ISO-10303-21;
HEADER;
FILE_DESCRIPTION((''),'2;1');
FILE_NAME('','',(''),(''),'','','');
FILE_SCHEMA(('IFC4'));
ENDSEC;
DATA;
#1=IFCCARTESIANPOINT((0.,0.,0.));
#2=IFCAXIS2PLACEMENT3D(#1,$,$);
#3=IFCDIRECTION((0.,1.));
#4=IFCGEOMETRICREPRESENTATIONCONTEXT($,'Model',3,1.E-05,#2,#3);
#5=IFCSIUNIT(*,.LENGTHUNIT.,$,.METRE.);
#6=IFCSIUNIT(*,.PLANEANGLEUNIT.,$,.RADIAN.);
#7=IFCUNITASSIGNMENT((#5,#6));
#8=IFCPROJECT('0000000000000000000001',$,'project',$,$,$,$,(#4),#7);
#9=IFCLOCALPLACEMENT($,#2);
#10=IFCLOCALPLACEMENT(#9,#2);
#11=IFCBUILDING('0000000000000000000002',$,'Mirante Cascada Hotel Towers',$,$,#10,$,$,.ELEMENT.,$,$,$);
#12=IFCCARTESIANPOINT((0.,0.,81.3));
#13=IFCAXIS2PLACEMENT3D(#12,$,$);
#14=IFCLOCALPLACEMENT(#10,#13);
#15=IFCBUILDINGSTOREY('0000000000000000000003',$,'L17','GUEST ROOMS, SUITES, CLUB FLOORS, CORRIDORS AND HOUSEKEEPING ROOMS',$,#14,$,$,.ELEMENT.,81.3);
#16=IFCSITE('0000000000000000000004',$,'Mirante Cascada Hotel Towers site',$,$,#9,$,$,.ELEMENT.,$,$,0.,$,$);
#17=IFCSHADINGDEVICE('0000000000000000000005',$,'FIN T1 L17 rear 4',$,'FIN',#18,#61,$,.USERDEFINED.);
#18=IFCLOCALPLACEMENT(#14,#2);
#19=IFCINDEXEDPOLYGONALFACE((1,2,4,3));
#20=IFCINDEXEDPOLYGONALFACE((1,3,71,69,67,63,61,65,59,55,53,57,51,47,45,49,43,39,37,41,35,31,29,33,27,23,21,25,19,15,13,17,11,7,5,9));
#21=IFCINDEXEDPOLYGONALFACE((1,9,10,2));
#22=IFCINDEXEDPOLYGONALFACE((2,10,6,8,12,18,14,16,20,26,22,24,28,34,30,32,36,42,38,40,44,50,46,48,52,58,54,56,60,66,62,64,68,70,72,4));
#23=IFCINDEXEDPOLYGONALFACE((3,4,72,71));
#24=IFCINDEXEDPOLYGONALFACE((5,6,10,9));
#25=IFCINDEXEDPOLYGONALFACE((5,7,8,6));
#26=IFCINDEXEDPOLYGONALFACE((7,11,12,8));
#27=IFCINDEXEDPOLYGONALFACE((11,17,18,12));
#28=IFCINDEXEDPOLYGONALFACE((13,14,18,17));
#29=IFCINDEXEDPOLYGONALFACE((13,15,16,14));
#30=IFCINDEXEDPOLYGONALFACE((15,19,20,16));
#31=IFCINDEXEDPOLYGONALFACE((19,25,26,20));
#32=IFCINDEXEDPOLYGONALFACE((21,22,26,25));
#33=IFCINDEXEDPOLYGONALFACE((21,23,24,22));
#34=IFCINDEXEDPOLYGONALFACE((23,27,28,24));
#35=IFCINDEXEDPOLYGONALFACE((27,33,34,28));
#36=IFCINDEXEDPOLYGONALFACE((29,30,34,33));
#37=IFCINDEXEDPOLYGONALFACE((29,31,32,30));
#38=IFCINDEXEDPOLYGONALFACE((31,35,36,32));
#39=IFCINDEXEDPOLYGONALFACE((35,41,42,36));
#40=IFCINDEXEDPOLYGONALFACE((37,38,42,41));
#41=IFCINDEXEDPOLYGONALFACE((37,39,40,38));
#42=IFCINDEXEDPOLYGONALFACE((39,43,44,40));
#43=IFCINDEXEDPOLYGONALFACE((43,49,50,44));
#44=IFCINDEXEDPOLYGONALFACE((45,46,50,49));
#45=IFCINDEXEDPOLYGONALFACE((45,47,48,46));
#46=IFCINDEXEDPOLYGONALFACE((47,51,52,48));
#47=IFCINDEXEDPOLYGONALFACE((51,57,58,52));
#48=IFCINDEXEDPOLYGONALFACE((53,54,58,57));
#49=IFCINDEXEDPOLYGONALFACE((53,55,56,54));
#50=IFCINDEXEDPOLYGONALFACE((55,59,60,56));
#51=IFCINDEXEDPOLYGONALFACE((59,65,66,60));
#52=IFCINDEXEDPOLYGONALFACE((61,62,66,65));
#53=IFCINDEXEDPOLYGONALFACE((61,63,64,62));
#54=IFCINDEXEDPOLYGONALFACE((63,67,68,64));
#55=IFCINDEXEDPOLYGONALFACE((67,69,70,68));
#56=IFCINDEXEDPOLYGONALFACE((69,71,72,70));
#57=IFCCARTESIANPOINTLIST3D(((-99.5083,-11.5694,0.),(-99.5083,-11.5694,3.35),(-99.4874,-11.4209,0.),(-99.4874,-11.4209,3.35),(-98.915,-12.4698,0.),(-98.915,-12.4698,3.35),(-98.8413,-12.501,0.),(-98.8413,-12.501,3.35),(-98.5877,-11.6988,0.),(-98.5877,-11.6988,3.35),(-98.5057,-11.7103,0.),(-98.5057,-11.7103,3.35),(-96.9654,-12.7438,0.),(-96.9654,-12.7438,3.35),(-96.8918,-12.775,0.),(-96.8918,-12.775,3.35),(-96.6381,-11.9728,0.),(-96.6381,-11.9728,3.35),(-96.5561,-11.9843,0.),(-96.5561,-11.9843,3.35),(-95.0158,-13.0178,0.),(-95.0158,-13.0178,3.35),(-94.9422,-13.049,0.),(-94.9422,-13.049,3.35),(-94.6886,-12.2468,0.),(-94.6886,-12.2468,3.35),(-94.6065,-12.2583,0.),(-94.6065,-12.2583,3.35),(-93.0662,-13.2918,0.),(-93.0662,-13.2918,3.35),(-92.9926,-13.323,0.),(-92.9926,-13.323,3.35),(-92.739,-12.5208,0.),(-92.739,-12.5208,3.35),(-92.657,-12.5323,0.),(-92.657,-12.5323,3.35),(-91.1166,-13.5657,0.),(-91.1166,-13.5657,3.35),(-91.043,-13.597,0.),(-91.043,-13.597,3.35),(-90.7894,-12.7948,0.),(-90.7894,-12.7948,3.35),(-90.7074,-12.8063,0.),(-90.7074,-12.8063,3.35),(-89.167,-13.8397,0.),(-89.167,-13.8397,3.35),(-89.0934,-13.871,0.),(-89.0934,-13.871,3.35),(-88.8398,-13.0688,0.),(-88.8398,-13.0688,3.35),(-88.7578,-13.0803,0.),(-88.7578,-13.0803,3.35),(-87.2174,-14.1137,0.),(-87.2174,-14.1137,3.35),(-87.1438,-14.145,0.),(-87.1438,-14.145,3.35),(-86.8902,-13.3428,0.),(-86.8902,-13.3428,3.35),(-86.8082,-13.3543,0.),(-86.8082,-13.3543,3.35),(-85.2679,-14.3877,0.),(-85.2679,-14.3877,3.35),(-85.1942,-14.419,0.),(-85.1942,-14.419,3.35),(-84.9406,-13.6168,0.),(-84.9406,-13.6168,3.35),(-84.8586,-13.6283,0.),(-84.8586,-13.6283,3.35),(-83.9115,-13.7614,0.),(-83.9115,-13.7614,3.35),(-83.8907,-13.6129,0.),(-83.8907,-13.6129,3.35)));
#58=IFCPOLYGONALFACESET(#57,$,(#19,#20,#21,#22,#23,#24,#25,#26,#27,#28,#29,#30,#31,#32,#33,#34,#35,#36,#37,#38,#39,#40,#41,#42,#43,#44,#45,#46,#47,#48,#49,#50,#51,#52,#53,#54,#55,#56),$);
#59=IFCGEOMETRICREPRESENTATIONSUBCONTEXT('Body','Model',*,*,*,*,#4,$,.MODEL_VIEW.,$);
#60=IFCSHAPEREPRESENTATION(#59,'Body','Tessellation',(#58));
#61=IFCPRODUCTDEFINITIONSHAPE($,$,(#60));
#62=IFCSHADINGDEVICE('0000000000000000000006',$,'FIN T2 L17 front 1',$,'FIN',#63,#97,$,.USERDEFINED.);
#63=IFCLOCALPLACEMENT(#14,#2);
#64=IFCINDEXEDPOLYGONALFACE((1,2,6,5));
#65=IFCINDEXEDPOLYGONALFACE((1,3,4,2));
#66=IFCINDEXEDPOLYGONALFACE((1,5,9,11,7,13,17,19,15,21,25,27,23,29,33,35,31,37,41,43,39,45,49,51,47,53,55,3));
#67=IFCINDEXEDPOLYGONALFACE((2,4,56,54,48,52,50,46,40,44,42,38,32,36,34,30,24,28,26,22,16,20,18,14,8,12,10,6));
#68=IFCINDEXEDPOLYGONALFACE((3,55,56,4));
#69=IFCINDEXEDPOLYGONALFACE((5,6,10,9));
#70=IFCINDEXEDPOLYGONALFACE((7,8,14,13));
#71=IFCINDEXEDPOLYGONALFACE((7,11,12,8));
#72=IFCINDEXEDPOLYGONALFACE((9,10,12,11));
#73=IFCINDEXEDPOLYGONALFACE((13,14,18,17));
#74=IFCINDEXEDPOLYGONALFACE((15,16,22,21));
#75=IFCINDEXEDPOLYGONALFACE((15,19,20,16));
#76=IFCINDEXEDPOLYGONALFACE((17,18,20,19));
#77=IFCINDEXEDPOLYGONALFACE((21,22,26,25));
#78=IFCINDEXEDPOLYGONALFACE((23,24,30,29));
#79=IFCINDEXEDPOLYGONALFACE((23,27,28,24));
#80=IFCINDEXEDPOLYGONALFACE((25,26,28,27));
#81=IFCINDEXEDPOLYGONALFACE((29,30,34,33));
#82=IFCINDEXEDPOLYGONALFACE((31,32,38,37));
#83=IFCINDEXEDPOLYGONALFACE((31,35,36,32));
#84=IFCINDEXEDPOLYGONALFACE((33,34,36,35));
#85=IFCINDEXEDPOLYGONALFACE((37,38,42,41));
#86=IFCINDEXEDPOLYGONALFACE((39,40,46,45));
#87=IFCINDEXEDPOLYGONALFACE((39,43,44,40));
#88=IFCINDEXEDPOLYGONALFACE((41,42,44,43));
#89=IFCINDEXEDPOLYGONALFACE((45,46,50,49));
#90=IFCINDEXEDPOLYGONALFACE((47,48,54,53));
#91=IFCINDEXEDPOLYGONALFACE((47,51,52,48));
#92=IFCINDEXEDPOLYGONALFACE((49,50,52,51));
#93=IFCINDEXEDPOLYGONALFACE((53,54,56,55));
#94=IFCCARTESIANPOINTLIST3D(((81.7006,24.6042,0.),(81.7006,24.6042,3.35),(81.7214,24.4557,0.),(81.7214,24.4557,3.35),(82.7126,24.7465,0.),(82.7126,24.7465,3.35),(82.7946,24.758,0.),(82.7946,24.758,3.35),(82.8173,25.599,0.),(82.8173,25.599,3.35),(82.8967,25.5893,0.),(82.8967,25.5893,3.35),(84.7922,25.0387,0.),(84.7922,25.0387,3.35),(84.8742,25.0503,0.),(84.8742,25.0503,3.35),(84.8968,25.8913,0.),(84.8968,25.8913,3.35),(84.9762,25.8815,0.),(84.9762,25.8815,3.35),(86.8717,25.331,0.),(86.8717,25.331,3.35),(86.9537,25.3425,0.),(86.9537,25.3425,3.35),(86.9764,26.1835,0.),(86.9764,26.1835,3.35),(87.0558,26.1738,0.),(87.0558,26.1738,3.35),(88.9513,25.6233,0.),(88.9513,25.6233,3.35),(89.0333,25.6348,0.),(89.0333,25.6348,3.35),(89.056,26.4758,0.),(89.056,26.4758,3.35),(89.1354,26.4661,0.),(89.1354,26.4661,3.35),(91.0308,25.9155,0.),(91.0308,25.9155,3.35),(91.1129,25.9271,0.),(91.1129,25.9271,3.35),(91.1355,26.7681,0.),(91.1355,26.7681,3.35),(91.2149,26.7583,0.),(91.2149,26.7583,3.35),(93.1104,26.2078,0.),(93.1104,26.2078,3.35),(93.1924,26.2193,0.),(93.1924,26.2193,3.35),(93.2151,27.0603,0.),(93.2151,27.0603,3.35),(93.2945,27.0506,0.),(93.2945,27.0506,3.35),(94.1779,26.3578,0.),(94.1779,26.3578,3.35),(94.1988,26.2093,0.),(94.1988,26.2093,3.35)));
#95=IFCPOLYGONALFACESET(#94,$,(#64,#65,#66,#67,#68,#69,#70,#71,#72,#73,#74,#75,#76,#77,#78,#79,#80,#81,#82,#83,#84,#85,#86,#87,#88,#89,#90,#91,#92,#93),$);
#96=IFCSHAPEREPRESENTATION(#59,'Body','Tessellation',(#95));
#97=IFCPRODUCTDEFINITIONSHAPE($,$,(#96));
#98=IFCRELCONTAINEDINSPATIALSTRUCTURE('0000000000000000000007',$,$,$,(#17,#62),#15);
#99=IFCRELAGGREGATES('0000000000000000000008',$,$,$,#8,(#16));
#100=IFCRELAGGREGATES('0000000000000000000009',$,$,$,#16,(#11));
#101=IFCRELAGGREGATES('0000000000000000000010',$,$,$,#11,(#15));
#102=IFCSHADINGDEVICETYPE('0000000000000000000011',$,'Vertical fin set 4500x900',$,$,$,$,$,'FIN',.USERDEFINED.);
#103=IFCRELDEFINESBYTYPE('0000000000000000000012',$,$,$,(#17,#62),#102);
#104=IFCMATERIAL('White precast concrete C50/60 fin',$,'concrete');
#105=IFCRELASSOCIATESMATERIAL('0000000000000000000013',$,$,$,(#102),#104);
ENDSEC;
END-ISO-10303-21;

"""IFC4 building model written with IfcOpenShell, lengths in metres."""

from ifc_helpers import new_model, si_unit, direction, frame, origin, place, context, subcontext, project, spatial, polyline, outline, extrude, material, type_object, element, save


model = new_model("IFC4")

# Units and contexts
model_context = context("Model", 3, precision=1e-05, world=origin(), true_north=direction((0.0, 1.0)))
body_context = subcontext(model_context, "Body", "Model", "MODEL_VIEW")
ifc_project = project(units=[si_unit("LENGTHUNIT", "METRE"), si_unit("PLANEANGLEUNIT", "RADIAN")], contexts=[model_context])

# Site, building, storey
site_placement = place(None, origin())
site = spatial("IfcSite", under=ifc_project, at=site_placement, Name="Mirante Cascada Hotel Towers site", CompositionType="ELEMENT", RefElevation=0.0)
building_placement = place(site_placement, origin())
building = spatial("IfcBuilding", under=site, at=building_placement, Name="Mirante Cascada Hotel Towers", CompositionType="ELEMENT")
storey_placement = place(building_placement, frame((0.0, 0.0, 81.3)))
storey = spatial("IfcBuildingStorey", under=building, at=storey_placement, Name="L17", Description="GUEST ROOMS, SUITES, CLUB FLOORS, CORRIDORS AND HOUSEKEEPING ROOMS", CompositionType="ELEMENT", Elevation=81.3)

# Shading devices
ifc_material_1 = material(Name="White precast concrete C50/60 fin", Category="concrete")
shading_device_type = type_object("IfcShadingDeviceType", Name="Vertical fin set 4500x900", ElementType="FIN", PredefinedType="USERDEFINED", material=ifc_material_1)
shading_device_1_placement = place(storey_placement, origin())
element("IfcShadingDevice", 1, at=shading_device_1_placement, inside=storey, type_object=shading_device_type, Name="FIN T1 L17 rear 4", ObjectType="FIN", PredefinedType="USERDEFINED", context=body_context, shape_type="SweptSolid", body=[
    extrude(outline(polyline([(-84.9406, -13.6168), (-86.8082, -13.3543), (-87.1438, -14.145), (-87.2174, -14.1137), (-86.8902, -13.3428), (-88.7578, -13.0803), (-89.0934, -13.871), (-89.167, -13.8397), (-88.8398, -13.0688), (-90.7074, -12.8063), (-91.043, -13.597), (-91.1166, -13.5657), (-90.7894, -12.7948), (-92.657, -12.5323), (-92.9926, -13.323), (-93.0662, -13.2918), (-92.739, -12.5208), (-94.6065, -12.2583), (-94.9422, -13.049), (-95.0158, -13.0178), (-94.6886, -12.2468), (-96.5561, -11.9843), (-96.8918, -12.775), (-96.9654, -12.7438), (-96.6381, -11.9728), (-98.5057, -11.7103), (-98.8413, -12.501), (-98.915, -12.4698), (-98.5877, -11.6988), (-99.5083, -11.5694), (-99.4874, -11.4209), (-83.8907, -13.6129), (-83.9115, -13.7614), (-84.8586, -13.6283), (-85.1942, -14.419), (-85.2679, -14.3877), (-84.9406, -13.6168)])), origin(), (0.0, 0.0, 1.0), 3.35),
])
shading_device_2_placement = place(storey_placement, origin())
element("IfcShadingDevice", 2, at=shading_device_2_placement, inside=storey, type_object=shading_device_type, Name="FIN T2 L17 front 1", ObjectType="FIN", PredefinedType="USERDEFINED", context=body_context, shape_type="SweptSolid", body=[
    extrude(outline(polyline([(82.8967, 25.5893), (82.7946, 24.758), (84.7922, 25.0387), (84.8968, 25.8913), (84.9762, 25.8815), (84.8742, 25.0503), (86.8717, 25.331), (86.9764, 26.1835), (87.0558, 26.1738), (86.9537, 25.3425), (88.9513, 25.6233), (89.056, 26.4758), (89.1354, 26.4661), (89.0333, 25.6348), (91.0308, 25.9155), (91.1355, 26.7681), (91.2149, 26.7583), (91.1129, 25.9271), (93.1104, 26.2078), (93.2151, 27.0603), (93.2945, 27.0506), (93.1924, 26.2193), (94.1779, 26.3578), (94.1988, 26.2093), (81.7214, 24.4557), (81.7006, 24.6042), (82.7126, 24.7465), (82.8173, 25.599), (82.8967, 25.5893)])), origin(), (0.0, 0.0, 1.0), 3.35),
])

save(model, "model.ifc")
